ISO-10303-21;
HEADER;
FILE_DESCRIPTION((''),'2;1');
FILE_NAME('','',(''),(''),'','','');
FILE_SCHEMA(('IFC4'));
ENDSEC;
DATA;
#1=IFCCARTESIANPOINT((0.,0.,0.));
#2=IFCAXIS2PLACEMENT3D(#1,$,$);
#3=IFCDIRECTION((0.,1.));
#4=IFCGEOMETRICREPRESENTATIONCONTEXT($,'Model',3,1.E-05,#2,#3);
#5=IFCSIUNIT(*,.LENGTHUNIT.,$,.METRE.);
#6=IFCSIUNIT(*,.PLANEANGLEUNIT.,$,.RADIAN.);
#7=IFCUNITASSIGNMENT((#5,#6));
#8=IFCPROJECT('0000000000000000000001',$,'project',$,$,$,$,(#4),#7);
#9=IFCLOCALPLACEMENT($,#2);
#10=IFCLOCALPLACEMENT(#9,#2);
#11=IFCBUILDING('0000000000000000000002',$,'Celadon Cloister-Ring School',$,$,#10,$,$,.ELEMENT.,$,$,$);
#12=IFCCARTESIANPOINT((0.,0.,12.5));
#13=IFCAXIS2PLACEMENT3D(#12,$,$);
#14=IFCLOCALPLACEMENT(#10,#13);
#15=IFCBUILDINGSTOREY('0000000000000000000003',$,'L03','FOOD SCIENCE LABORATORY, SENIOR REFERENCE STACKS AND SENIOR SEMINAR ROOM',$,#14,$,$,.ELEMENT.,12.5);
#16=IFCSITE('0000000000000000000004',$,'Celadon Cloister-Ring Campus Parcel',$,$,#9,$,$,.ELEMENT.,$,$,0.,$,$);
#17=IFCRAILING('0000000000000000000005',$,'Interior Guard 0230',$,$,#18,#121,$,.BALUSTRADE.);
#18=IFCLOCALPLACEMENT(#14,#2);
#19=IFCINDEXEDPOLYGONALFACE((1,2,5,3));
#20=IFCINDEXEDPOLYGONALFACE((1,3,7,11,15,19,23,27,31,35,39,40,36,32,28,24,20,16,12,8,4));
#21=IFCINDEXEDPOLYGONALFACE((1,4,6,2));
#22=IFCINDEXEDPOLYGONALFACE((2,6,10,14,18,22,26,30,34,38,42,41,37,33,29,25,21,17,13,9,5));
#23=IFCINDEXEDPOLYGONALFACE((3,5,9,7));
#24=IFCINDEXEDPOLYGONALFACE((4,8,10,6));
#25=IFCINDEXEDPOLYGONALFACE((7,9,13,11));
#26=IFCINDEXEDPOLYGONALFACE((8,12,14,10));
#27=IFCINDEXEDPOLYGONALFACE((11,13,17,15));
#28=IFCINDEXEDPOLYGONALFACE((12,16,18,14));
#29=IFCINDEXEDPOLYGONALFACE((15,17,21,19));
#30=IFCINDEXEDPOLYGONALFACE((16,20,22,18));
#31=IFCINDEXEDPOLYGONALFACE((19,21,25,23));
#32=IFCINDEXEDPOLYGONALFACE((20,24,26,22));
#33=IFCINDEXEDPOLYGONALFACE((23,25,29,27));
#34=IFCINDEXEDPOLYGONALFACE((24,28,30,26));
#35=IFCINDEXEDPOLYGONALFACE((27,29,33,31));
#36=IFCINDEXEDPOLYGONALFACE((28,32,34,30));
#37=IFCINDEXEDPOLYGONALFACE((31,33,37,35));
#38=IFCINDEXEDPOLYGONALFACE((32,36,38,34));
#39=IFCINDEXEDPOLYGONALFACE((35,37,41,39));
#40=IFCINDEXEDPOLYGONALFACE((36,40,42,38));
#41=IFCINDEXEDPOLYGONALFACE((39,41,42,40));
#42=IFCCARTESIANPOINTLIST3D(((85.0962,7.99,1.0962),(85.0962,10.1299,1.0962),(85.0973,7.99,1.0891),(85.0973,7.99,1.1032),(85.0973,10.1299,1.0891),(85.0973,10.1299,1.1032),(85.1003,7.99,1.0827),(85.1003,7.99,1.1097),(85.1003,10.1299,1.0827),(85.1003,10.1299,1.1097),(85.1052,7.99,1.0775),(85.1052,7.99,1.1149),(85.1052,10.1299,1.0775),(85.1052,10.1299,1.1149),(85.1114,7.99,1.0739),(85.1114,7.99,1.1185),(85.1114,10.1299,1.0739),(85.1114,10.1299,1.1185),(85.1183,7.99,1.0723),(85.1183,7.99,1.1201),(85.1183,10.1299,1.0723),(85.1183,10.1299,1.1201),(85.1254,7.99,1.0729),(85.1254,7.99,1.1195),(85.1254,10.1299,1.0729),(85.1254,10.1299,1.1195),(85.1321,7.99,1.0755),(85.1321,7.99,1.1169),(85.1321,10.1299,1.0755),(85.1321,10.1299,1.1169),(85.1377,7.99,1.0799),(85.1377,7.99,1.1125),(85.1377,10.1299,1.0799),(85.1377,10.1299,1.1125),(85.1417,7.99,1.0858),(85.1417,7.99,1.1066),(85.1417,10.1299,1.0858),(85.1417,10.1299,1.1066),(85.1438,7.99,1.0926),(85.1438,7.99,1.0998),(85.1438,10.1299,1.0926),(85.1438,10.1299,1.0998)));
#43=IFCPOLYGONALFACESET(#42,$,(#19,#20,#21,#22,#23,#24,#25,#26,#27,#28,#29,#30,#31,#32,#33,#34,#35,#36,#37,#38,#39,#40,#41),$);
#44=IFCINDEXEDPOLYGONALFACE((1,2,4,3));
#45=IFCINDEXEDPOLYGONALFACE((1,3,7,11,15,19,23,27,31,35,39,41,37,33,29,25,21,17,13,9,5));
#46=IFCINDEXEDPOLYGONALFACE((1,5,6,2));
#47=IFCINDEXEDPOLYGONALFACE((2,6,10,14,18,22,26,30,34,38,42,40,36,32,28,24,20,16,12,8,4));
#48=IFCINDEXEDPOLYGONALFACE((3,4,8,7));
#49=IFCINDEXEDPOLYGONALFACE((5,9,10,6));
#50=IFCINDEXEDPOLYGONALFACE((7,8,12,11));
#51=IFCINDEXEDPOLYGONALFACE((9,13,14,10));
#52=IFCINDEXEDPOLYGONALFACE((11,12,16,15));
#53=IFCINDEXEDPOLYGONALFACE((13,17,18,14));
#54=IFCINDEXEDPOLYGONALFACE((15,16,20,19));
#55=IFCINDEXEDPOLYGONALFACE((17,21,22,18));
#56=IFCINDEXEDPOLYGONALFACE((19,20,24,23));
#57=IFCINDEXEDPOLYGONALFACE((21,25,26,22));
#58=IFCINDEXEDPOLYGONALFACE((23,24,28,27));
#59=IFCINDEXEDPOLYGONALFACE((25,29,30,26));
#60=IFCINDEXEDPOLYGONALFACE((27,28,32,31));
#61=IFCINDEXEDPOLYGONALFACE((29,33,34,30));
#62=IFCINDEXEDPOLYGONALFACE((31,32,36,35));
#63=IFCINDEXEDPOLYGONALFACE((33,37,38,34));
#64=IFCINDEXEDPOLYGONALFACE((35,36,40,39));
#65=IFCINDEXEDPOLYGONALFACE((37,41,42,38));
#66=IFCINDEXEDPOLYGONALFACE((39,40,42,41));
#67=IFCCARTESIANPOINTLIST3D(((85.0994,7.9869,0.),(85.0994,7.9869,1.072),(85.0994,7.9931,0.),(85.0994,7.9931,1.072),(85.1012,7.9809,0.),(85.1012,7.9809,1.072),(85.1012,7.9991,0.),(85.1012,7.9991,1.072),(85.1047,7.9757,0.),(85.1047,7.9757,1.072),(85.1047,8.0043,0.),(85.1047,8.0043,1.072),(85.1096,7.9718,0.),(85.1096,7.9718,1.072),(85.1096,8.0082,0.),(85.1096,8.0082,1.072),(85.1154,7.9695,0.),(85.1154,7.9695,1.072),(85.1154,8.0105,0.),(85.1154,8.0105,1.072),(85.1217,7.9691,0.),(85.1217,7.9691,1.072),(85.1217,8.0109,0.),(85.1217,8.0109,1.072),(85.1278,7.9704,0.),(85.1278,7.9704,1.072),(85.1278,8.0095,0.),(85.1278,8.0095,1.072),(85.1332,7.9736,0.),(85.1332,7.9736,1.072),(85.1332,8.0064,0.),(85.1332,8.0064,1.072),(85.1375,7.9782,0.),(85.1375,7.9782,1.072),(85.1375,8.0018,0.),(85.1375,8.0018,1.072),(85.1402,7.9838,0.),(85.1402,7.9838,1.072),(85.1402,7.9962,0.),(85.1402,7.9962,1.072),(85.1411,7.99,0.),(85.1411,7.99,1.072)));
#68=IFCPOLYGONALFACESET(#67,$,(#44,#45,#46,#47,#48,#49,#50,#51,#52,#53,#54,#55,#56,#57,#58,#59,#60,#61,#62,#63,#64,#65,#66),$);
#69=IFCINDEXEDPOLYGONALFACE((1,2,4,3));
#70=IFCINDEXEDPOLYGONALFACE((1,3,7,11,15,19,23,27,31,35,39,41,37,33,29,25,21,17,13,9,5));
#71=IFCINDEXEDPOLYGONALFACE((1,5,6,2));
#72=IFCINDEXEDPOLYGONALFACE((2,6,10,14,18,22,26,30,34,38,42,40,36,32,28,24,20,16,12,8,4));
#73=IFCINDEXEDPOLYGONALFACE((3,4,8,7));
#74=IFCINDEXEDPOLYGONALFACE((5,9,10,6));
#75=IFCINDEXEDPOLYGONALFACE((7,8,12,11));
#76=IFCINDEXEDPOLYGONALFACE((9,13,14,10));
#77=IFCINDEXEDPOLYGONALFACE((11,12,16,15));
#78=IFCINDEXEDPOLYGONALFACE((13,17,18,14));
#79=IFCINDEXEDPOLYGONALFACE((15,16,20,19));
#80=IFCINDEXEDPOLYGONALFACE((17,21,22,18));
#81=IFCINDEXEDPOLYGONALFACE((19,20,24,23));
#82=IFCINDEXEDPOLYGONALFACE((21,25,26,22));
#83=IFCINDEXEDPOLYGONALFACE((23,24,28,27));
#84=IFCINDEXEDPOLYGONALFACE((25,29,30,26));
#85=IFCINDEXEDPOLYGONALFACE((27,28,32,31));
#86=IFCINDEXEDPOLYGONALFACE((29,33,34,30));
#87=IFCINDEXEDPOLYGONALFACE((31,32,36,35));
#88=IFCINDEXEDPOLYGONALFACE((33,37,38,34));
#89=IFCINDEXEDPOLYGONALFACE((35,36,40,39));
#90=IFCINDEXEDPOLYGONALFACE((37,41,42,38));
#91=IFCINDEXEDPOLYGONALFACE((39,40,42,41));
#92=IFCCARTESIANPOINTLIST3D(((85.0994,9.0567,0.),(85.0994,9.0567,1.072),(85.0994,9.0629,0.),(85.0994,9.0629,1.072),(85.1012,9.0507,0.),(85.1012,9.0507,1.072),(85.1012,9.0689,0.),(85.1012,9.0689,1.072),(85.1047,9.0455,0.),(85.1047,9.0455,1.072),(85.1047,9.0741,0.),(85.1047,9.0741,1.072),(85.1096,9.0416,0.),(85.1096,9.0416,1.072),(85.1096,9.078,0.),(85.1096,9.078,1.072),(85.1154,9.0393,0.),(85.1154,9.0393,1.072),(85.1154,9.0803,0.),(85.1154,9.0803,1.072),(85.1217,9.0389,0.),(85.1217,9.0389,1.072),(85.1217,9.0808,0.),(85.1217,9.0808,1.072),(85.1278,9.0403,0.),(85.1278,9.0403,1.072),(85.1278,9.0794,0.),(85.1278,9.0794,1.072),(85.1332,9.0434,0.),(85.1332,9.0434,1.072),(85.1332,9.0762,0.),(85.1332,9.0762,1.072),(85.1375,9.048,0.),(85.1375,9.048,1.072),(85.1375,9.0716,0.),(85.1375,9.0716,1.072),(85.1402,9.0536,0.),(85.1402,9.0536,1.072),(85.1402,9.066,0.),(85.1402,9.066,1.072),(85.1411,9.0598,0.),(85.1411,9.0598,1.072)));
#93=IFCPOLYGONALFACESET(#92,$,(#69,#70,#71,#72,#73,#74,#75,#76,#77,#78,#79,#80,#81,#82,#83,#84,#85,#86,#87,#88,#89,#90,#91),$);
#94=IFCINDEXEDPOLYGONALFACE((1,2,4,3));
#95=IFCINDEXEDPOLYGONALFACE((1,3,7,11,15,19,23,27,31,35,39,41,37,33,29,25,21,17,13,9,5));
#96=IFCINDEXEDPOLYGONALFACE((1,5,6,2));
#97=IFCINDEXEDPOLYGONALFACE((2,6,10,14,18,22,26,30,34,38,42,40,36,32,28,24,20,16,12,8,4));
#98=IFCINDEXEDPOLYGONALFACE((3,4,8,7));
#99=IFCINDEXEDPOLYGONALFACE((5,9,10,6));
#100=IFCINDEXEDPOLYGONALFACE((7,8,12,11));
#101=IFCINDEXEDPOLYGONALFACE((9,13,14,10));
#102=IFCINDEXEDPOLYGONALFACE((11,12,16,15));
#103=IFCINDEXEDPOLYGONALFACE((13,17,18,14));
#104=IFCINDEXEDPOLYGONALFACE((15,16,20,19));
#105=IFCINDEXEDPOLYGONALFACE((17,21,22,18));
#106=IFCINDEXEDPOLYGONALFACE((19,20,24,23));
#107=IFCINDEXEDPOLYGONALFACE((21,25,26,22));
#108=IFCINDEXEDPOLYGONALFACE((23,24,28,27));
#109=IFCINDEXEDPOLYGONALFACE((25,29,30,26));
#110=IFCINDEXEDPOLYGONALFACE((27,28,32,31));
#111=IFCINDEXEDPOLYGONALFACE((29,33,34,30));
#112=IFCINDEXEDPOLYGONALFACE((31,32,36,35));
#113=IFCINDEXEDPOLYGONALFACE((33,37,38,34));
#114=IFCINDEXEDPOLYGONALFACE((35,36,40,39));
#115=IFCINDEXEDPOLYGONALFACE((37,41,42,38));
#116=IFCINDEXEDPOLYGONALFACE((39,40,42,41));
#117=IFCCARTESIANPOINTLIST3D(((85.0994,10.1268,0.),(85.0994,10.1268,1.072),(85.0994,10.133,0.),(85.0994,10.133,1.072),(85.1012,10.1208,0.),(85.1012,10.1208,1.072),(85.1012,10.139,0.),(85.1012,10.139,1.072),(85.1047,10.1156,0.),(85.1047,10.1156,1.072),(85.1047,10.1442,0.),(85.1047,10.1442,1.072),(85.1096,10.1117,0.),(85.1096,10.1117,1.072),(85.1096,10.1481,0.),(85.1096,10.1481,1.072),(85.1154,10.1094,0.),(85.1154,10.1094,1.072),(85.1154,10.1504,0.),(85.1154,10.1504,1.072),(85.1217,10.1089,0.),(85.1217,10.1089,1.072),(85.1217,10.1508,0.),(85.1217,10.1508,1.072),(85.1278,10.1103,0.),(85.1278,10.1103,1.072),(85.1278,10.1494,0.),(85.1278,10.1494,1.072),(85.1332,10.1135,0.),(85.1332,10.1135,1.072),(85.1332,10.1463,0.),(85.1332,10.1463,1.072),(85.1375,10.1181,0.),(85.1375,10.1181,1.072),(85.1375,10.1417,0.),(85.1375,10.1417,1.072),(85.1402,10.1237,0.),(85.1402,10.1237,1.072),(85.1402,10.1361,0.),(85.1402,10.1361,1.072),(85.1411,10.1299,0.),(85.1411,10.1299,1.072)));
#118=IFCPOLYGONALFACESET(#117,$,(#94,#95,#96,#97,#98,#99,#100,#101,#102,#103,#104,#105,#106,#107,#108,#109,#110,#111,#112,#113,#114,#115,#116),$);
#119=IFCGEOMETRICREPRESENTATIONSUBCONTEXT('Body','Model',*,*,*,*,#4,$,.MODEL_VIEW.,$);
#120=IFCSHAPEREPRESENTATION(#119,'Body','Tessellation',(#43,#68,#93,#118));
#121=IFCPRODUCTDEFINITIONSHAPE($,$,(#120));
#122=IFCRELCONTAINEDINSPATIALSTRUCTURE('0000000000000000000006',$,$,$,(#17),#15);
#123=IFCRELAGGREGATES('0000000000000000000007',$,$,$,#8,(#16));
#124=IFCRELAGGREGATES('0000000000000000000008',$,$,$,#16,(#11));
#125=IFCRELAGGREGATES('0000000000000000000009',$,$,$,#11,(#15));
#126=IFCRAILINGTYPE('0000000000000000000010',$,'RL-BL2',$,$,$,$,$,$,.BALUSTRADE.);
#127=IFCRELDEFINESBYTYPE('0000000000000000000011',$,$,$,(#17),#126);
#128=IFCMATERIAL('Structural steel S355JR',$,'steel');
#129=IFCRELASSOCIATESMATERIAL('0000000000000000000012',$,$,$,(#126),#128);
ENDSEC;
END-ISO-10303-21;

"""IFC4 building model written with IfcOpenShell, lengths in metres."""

from ifc_helpers import new_model, si_unit, direction, frame, origin, origin_2d, place, context, subcontext, project, spatial, circle, extrude, material, type_object, element, save


model = new_model("IFC4")

# Units and contexts
model_context = context("Model", 3, precision=1e-05, world=origin(), true_north=direction((0.0, 1.0)))
body_context = subcontext(model_context, "Body", "Model", "MODEL_VIEW")
ifc_project = project(units=[si_unit("LENGTHUNIT", "METRE"), si_unit("PLANEANGLEUNIT", "RADIAN")], contexts=[model_context])

# Site, building, storey
site_placement = place(None, origin())
site = spatial("IfcSite", under=ifc_project, at=site_placement, Name="Celadon Cloister-Ring Campus Parcel", CompositionType="ELEMENT", RefElevation=0.0)
building_placement = place(site_placement, origin())
building = spatial("IfcBuilding", under=site, at=building_placement, Name="Celadon Cloister-Ring School", CompositionType="ELEMENT")
storey_placement = place(building_placement, frame((0.0, 0.0, 12.5)))
storey = spatial("IfcBuildingStorey", under=building, at=storey_placement, Name="L03", Description="FOOD SCIENCE LABORATORY, SENIOR REFERENCE STACKS AND SENIOR SEMINAR ROOM", CompositionType="ELEMENT", Elevation=12.5)

# Railing
ifc_material_1 = material(Name="Structural steel S355JR", Category="steel")
railing_type_1 = type_object("IfcRailingType", Name="RL-BL2", PredefinedType="BALUSTRADE", material=ifc_material_1)
railing_1_placement = place(storey_placement, frame((85.1201, 7.99, 0.0)))
element("IfcRailing", 1, at=railing_1_placement, inside=storey, type_object=railing_type_1, Name="Interior Guard 0230", PredefinedType="BALUSTRADE", context=body_context, shape_type="SweptSolid", body=[
    extrude(circle(Radius=0.0239, at=origin_2d()), frame((0.0, 0.0, 1.0962), z_axis=(0.0, 1.0, 0.0), x_axis=(-1.0, 0.0, 0.0)), (0.0, 0.0, 1.0), 2.1399),
    extrude(circle(Radius=0.021, at=origin_2d()), origin(), (0.0, 0.0, 1.0), 1.072),
    extrude(circle(Radius=0.021, at=origin_2d()), frame((0.0, 1.0698, 0.0)), (0.0, 0.0, 1.0), 1.072),
    extrude(circle(Radius=0.021, at=origin_2d()), frame((0.0, 2.1399, 0.0)), (0.0, 0.0, 1.0), 1.072),
])

save(model, "model.ifc")
